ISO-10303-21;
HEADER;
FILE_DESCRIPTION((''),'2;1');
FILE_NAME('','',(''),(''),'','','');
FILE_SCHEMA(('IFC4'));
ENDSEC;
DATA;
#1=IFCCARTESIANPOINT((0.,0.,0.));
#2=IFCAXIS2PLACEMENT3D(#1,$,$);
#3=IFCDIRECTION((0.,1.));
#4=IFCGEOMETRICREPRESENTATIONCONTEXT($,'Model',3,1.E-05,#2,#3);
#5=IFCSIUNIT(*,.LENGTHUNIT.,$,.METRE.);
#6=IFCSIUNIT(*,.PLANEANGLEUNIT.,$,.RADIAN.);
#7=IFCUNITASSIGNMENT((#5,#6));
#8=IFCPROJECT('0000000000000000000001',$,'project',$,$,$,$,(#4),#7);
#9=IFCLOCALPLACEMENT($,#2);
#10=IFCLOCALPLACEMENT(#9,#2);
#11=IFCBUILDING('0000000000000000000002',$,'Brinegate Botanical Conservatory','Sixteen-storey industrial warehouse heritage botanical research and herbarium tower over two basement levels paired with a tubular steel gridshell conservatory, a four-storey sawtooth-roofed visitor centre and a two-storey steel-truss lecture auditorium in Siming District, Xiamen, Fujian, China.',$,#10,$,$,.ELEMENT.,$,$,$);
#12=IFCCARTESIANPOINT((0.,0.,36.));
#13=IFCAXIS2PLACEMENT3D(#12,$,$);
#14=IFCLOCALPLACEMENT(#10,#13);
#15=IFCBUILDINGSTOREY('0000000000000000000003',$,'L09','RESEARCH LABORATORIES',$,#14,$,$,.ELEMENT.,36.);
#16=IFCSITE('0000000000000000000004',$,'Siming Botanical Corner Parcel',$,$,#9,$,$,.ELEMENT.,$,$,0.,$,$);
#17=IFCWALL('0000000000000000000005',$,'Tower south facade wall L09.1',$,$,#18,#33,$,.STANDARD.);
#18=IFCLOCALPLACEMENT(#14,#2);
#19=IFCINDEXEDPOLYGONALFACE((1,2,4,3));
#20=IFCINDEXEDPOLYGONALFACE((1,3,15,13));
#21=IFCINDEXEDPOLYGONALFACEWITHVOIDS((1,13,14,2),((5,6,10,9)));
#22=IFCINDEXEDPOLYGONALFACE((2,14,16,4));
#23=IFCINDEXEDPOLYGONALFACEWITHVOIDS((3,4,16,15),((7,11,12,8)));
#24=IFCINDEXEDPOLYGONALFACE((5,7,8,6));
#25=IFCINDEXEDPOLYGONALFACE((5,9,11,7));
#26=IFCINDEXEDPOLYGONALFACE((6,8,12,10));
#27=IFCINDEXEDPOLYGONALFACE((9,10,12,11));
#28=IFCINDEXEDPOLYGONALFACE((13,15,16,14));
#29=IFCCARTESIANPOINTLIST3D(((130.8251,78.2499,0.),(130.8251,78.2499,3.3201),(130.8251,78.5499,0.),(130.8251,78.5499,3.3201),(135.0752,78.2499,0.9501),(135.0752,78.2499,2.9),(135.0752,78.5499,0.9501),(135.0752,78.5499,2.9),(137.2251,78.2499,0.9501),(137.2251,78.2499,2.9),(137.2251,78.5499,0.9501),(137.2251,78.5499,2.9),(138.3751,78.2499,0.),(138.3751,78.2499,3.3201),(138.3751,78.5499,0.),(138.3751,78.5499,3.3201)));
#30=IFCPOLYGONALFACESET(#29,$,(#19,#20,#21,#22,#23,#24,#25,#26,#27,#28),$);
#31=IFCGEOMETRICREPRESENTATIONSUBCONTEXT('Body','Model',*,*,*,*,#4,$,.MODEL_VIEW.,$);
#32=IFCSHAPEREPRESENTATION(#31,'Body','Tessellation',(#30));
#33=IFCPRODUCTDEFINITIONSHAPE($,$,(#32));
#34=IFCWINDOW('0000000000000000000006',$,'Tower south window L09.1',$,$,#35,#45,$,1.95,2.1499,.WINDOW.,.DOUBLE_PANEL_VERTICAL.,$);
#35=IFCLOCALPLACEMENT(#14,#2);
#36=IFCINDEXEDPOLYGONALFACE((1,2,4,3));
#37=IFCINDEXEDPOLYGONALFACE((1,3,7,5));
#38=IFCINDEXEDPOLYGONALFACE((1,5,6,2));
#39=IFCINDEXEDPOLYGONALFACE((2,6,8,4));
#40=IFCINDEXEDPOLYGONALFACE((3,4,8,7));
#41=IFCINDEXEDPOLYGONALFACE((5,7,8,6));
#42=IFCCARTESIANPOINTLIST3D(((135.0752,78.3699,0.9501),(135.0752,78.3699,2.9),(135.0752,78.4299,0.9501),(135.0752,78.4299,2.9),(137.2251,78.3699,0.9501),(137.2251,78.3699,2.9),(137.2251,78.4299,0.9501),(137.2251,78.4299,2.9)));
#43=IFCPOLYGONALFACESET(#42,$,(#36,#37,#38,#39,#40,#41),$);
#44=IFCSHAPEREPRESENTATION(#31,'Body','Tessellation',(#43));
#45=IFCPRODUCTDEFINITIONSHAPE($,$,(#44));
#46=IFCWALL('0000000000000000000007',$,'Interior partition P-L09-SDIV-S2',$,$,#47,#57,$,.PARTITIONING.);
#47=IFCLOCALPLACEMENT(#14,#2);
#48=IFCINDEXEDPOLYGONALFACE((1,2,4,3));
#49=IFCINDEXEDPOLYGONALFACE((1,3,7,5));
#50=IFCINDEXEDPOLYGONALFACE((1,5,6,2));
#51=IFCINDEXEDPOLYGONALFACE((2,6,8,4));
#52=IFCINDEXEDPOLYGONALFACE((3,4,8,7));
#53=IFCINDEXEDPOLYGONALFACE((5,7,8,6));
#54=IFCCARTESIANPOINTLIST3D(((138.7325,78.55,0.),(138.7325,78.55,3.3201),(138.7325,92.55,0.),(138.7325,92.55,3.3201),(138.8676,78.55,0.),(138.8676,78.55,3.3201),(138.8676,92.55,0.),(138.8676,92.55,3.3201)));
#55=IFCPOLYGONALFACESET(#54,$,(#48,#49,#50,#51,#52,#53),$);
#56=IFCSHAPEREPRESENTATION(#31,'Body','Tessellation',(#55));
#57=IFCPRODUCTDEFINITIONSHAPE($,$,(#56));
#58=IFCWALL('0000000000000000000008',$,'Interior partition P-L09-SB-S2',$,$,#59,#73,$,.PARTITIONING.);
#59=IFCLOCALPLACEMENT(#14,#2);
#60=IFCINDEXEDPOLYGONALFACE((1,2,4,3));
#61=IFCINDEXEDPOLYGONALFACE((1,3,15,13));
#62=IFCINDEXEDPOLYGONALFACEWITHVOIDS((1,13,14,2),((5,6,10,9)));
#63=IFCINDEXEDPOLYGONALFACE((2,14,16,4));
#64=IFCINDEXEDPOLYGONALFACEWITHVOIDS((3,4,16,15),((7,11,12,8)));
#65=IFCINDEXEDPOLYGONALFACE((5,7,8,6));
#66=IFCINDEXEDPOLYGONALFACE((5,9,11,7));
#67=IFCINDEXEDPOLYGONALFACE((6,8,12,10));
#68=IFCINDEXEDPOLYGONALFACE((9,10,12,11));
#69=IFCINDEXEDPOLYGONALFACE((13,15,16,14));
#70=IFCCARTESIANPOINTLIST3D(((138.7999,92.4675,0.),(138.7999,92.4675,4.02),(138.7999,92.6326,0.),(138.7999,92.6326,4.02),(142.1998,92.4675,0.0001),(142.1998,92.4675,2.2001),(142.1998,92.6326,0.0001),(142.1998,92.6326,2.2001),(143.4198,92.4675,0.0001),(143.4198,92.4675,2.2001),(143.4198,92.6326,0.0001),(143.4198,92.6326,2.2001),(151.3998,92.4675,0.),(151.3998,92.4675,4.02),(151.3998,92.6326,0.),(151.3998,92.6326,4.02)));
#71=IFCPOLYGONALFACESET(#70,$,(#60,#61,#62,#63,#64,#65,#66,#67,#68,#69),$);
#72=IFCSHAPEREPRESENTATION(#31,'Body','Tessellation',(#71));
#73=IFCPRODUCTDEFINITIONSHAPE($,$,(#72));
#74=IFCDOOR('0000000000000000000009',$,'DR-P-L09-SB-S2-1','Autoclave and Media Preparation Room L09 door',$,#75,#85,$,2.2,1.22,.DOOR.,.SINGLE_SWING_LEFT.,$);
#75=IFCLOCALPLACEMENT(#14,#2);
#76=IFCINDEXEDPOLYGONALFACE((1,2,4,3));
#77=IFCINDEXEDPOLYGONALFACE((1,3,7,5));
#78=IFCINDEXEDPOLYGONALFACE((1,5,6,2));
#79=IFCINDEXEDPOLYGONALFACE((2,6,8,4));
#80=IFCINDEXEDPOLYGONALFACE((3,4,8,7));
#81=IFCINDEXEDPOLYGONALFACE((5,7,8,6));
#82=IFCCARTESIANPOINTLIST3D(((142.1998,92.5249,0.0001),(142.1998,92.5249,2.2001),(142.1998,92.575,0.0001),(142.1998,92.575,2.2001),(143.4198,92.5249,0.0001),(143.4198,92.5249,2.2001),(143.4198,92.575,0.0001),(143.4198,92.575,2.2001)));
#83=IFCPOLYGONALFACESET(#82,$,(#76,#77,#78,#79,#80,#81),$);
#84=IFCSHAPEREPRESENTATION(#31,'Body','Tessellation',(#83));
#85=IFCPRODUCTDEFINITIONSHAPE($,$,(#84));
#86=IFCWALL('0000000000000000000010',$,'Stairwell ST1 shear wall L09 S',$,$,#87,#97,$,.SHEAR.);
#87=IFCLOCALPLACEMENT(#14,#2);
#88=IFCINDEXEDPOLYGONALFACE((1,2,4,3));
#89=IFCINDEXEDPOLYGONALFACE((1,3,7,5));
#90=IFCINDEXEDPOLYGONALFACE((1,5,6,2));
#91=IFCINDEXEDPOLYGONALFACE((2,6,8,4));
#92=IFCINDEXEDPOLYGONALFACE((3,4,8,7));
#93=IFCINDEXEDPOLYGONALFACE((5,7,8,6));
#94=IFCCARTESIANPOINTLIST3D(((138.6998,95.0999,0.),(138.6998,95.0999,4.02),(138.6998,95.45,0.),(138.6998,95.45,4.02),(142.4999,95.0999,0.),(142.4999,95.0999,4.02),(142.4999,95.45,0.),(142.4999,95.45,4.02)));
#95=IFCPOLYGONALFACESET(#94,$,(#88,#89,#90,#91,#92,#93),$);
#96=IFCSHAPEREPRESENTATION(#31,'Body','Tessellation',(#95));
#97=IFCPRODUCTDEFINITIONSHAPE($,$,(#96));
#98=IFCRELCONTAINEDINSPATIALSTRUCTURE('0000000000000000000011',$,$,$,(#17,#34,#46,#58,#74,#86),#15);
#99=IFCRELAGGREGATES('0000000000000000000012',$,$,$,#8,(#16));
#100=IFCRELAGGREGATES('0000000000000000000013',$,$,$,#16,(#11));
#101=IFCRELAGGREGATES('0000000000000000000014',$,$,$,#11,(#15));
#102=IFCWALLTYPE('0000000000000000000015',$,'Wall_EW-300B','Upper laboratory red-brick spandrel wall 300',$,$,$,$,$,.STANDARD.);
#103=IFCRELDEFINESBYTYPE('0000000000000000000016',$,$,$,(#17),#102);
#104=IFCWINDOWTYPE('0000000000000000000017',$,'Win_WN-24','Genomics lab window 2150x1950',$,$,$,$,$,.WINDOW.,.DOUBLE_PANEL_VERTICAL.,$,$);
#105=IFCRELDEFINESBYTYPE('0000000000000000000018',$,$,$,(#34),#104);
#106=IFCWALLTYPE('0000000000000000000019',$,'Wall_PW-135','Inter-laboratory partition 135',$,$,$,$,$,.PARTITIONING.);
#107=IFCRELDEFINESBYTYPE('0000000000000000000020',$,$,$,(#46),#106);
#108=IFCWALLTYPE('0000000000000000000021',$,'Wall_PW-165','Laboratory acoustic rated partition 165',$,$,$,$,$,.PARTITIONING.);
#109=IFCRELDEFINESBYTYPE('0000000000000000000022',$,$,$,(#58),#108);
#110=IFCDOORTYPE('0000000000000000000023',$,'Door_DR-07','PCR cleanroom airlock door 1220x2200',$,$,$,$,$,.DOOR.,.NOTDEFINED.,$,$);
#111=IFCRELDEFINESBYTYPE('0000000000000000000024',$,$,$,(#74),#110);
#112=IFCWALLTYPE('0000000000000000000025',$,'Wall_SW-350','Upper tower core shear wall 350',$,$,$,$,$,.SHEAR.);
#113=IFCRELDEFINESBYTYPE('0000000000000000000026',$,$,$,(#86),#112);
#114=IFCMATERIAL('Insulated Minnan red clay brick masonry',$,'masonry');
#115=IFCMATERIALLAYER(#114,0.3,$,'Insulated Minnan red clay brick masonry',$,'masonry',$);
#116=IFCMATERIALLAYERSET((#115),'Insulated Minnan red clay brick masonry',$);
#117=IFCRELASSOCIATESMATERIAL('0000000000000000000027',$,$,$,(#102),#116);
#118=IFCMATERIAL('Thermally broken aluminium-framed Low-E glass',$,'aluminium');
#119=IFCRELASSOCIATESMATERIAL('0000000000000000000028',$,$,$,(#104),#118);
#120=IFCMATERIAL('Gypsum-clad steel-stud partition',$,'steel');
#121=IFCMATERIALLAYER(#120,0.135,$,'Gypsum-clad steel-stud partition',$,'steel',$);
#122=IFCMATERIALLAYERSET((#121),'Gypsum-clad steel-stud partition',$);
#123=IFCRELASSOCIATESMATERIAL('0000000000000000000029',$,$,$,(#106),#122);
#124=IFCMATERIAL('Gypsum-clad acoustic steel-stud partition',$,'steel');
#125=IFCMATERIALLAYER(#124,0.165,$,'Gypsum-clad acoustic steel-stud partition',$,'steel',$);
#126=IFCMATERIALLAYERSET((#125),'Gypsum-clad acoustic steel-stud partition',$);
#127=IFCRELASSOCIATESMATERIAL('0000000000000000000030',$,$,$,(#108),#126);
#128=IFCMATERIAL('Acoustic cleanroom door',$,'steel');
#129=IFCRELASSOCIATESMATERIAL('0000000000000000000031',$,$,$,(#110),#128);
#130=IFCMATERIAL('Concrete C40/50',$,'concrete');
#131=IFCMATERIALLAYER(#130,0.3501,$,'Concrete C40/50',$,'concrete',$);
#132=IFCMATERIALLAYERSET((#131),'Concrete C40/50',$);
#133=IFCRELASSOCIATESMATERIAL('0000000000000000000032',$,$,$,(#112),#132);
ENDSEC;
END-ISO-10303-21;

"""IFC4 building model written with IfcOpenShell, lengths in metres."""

from ifc_helpers import new_model, si_unit, direction, frame, frame_2d, origin, place, context, subcontext, project, spatial, rectangle, extrude, material, layer, layer_set, type_object, element, fill, save


model = new_model("IFC4")

# Units and contexts
model_context = context("Model", 3, precision=1e-05, world=origin(), true_north=direction((0.0, 1.0)))
body_context = subcontext(model_context, "Body", "Model", "MODEL_VIEW")
ifc_project = project(units=[si_unit("LENGTHUNIT", "METRE"), si_unit("PLANEANGLEUNIT", "RADIAN")], contexts=[model_context])

# Site, building, storey
site_placement = place(None, origin())
site = spatial("IfcSite", under=ifc_project, at=site_placement, Name="Siming Botanical Corner Parcel", CompositionType="ELEMENT", RefElevation=0.0)
building_placement = place(site_placement, origin())
building = spatial("IfcBuilding", under=site, at=building_placement, Name="Brinegate Botanical Conservatory", Description="Sixteen-storey industrial warehouse heritage botanical research and herbarium tower over two basement levels paired with a tubular steel gridshell conservatory, a four-storey sawtooth-roofed visitor centre and a two-storey steel-truss lecture auditorium in Siming District, Xiamen, Fujian, China.", CompositionType="ELEMENT")
storey_placement = place(building_placement, frame((0.0, 0.0, 36.0)))
storey = spatial("IfcBuildingStorey", under=building, at=storey_placement, Name="L09", Description="RESEARCH LABORATORIES", CompositionType="ELEMENT", Elevation=36.0)

# Shared definitions
ifc_material_1 = material(Name="Concrete C40/50", Category="concrete")

# Wall, opening, window
ifc_material_2 = material(Name="Insulated Minnan red clay brick masonry", Category="masonry")
ifc_layer_1 = layer(ifc_material_2, 0.3, Name="Insulated Minnan red clay brick masonry", Category="masonry")
ifc_layer_set_1 = layer_set([ifc_layer_1], Name="Insulated Minnan red clay brick masonry")
wall_type_1 = type_object("IfcWallType", Name="Wall_EW-300B", Description="Upper laboratory red-brick spandrel wall 300", PredefinedType="STANDARD", material=ifc_layer_set_1)
wall_1_placement = place(storey_placement, frame((138.375, 78.3999, 0.0), z_axis=(0.0, 0.0, 1.0), x_axis=(-1.0, 0.0, 0.0)))
wall_1 = element("IfcWall", 1, at=wall_1_placement, inside=storey, type_object=wall_type_1, Name="Tower south facade wall L09.1", PredefinedType="STANDARD", context=body_context, shape_type="SweptSolid", body=[
    extrude(rectangle(XDim=7.55, YDim=0.3, at=frame_2d((3.7749, 0.0))), origin(), (0.0, 0.0, 1.0), 3.3201),
])
opening_1_placement = place(wall_1_placement, frame((1.1499, 0.0, 0.95)))
opening_1 = element("IfcOpeningElement", 2, at=opening_1_placement, cuts=wall_1, PredefinedType="OPENING", context=body_context, shape_type="SweptSolid", body=[
    extrude(rectangle(XDim=2.1499, YDim=1.95, at=frame_2d((1.075, 0.9751))), frame((0.0, 0.1599, 0.0), z_axis=(0.0, -1.0, 0.0), x_axis=(1.0, 0.0, 0.0)), (0.0, 0.0, 1.0), 0.3201),
])
ifc_material_3 = material(Name="Thermally broken aluminium-framed Low-E glass", Category="aluminium")
window_type = type_object("IfcWindowType", Name="Win_WN-24", Description="Genomics lab window 2150x1950", PartitioningType="DOUBLE_PANEL_VERTICAL", PredefinedType="WINDOW", material=ifc_material_3)
window_placement = place(opening_1_placement, origin())
window = element("IfcWindow", 3, at=window_placement, inside=storey, type_object=window_type, Name="Tower south window L09.1", OverallHeight=1.95, OverallWidth=2.1499, PartitioningType="DOUBLE_PANEL_VERTICAL", PredefinedType="WINDOW", context=body_context, shape_type="SweptSolid", body=[
    extrude(rectangle(XDim=2.1499, YDim=1.95, at=frame_2d((1.075, 0.9751))), frame((0.0, 0.03, 0.0), z_axis=(0.0, -1.0, 0.0), x_axis=(1.0, 0.0, 0.0)), (0.0, 0.0, 1.0), 0.0601),
])
fill(opening_1, window)

# Wall
ifc_material_4 = material(Name="Gypsum-clad steel-stud partition", Category="steel")
ifc_layer_2 = layer(ifc_material_4, 0.135, Name="Gypsum-clad steel-stud partition", Category="steel")
ifc_layer_set_2 = layer_set([ifc_layer_2], Name="Gypsum-clad steel-stud partition")
wall_type_2 = type_object("IfcWallType", Name="Wall_PW-135", Description="Inter-laboratory partition 135", PredefinedType="PARTITIONING", material=ifc_layer_set_2)
wall_2_placement = place(storey_placement, frame((138.8, 78.55, 0.0), z_axis=(0.0, 0.0, 1.0), x_axis=(0.0, 1.0, 0.0)))
element("IfcWall", 4, at=wall_2_placement, inside=storey, type_object=wall_type_2, Name="Interior partition P-L09-SDIV-S2", PredefinedType="PARTITIONING", context=body_context, shape_type="SweptSolid", body=[
    extrude(rectangle(XDim=14.0, YDim=0.135, at=frame_2d((7.0, 0.0))), origin(), (0.0, 0.0, 1.0), 3.3201),
])

# Wall, opening, door
ifc_material_5 = material(Name="Gypsum-clad acoustic steel-stud partition", Category="steel")
ifc_layer_3 = layer(ifc_material_5, 0.165, Name="Gypsum-clad acoustic steel-stud partition", Category="steel")
ifc_layer_set_3 = layer_set([ifc_layer_3], Name="Gypsum-clad acoustic steel-stud partition")
wall_type_3 = type_object("IfcWallType", Name="Wall_PW-165", Description="Laboratory acoustic rated partition 165", PredefinedType="PARTITIONING", material=ifc_layer_set_3)
wall_3_placement = place(storey_placement, frame((138.8, 92.55, 0.0), z_axis=(0.0, 0.0, 1.0), x_axis=(1.0, 0.0, 0.0)))
wall_3 = element("IfcWall", 5, at=wall_3_placement, inside=storey, type_object=wall_type_3, Name="Interior partition P-L09-SB-S2", PredefinedType="PARTITIONING", context=body_context, shape_type="SweptSolid", body=[
    extrude(rectangle(XDim=12.5999, YDim=0.165, at=frame_2d((6.2998, 0.0))), origin(), (0.0, 0.0, 1.0), 4.02),
])
opening_2_placement = place(wall_3_placement, frame((3.3999, 0.0, 0.0)))
opening_2 = element("IfcOpeningElement", 6, at=opening_2_placement, cuts=wall_3, PredefinedType="OPENING", context=body_context, shape_type="SweptSolid", body=[
    extrude(rectangle(XDim=1.22, YDim=2.2, at=frame_2d((0.6099, 1.1001))), frame((0.0, 0.0925, 0.0), z_axis=(0.0, -1.0, 0.0), x_axis=(1.0, 0.0, 0.0)), (0.0, 0.0, 1.0), 0.1851),
])
ifc_material_6 = material(Name="Acoustic cleanroom door", Category="steel")
door_type_1 = type_object("IfcDoorType", Name="Door_DR-07", Description="PCR cleanroom airlock door 1220x2200", OperationType="NOTDEFINED", PredefinedType="DOOR", material=ifc_material_6)
door_1_placement = place(opening_2_placement, origin())
door_1 = element("IfcDoor", 7, at=door_1_placement, inside=storey, type_object=door_type_1, Name="DR-P-L09-SB-S2-1", Description="Autoclave and Media Preparation Room L09 door", OperationType="SINGLE_SWING_LEFT", OverallHeight=2.2, OverallWidth=1.22, PredefinedType="DOOR", context=body_context, shape_type="SweptSolid", body=[
    extrude(rectangle(XDim=1.22, YDim=2.2, at=frame_2d((0.6099, 1.1001))), frame((0.0, 0.0249, 0.0), z_axis=(0.0, -1.0, 0.0), x_axis=(1.0, 0.0, 0.0)), (0.0, 0.0, 1.0), 0.05),
])
fill(opening_2, door_1)

# Wall
ifc_layer_4 = layer(ifc_material_1, 0.3501, Name="Concrete C40/50", Category="concrete")
ifc_layer_set_4 = layer_set([ifc_layer_4], Name="Concrete C40/50")
wall_type_4 = type_object("IfcWallType", Name="Wall_SW-350", Description="Upper tower core shear wall 350", PredefinedType="SHEAR", material=ifc_layer_set_4)
wall_4_placement = place(storey_placement, frame((138.7, 95.2749, 0.0), z_axis=(0.0, 0.0, 1.0), x_axis=(1.0, 0.0, 0.0)))
element("IfcWall", 8, at=wall_4_placement, inside=storey, type_object=wall_type_4, Name="Stairwell ST1 shear wall L09 S", PredefinedType="SHEAR", context=body_context, shape_type="SweptSolid", body=[
    extrude(rectangle(XDim=3.8, YDim=0.3501, at=frame_2d((1.8999, 0.0))), origin(), (0.0, 0.0, 1.0), 4.02),
])

save(model, "model.ifc")
